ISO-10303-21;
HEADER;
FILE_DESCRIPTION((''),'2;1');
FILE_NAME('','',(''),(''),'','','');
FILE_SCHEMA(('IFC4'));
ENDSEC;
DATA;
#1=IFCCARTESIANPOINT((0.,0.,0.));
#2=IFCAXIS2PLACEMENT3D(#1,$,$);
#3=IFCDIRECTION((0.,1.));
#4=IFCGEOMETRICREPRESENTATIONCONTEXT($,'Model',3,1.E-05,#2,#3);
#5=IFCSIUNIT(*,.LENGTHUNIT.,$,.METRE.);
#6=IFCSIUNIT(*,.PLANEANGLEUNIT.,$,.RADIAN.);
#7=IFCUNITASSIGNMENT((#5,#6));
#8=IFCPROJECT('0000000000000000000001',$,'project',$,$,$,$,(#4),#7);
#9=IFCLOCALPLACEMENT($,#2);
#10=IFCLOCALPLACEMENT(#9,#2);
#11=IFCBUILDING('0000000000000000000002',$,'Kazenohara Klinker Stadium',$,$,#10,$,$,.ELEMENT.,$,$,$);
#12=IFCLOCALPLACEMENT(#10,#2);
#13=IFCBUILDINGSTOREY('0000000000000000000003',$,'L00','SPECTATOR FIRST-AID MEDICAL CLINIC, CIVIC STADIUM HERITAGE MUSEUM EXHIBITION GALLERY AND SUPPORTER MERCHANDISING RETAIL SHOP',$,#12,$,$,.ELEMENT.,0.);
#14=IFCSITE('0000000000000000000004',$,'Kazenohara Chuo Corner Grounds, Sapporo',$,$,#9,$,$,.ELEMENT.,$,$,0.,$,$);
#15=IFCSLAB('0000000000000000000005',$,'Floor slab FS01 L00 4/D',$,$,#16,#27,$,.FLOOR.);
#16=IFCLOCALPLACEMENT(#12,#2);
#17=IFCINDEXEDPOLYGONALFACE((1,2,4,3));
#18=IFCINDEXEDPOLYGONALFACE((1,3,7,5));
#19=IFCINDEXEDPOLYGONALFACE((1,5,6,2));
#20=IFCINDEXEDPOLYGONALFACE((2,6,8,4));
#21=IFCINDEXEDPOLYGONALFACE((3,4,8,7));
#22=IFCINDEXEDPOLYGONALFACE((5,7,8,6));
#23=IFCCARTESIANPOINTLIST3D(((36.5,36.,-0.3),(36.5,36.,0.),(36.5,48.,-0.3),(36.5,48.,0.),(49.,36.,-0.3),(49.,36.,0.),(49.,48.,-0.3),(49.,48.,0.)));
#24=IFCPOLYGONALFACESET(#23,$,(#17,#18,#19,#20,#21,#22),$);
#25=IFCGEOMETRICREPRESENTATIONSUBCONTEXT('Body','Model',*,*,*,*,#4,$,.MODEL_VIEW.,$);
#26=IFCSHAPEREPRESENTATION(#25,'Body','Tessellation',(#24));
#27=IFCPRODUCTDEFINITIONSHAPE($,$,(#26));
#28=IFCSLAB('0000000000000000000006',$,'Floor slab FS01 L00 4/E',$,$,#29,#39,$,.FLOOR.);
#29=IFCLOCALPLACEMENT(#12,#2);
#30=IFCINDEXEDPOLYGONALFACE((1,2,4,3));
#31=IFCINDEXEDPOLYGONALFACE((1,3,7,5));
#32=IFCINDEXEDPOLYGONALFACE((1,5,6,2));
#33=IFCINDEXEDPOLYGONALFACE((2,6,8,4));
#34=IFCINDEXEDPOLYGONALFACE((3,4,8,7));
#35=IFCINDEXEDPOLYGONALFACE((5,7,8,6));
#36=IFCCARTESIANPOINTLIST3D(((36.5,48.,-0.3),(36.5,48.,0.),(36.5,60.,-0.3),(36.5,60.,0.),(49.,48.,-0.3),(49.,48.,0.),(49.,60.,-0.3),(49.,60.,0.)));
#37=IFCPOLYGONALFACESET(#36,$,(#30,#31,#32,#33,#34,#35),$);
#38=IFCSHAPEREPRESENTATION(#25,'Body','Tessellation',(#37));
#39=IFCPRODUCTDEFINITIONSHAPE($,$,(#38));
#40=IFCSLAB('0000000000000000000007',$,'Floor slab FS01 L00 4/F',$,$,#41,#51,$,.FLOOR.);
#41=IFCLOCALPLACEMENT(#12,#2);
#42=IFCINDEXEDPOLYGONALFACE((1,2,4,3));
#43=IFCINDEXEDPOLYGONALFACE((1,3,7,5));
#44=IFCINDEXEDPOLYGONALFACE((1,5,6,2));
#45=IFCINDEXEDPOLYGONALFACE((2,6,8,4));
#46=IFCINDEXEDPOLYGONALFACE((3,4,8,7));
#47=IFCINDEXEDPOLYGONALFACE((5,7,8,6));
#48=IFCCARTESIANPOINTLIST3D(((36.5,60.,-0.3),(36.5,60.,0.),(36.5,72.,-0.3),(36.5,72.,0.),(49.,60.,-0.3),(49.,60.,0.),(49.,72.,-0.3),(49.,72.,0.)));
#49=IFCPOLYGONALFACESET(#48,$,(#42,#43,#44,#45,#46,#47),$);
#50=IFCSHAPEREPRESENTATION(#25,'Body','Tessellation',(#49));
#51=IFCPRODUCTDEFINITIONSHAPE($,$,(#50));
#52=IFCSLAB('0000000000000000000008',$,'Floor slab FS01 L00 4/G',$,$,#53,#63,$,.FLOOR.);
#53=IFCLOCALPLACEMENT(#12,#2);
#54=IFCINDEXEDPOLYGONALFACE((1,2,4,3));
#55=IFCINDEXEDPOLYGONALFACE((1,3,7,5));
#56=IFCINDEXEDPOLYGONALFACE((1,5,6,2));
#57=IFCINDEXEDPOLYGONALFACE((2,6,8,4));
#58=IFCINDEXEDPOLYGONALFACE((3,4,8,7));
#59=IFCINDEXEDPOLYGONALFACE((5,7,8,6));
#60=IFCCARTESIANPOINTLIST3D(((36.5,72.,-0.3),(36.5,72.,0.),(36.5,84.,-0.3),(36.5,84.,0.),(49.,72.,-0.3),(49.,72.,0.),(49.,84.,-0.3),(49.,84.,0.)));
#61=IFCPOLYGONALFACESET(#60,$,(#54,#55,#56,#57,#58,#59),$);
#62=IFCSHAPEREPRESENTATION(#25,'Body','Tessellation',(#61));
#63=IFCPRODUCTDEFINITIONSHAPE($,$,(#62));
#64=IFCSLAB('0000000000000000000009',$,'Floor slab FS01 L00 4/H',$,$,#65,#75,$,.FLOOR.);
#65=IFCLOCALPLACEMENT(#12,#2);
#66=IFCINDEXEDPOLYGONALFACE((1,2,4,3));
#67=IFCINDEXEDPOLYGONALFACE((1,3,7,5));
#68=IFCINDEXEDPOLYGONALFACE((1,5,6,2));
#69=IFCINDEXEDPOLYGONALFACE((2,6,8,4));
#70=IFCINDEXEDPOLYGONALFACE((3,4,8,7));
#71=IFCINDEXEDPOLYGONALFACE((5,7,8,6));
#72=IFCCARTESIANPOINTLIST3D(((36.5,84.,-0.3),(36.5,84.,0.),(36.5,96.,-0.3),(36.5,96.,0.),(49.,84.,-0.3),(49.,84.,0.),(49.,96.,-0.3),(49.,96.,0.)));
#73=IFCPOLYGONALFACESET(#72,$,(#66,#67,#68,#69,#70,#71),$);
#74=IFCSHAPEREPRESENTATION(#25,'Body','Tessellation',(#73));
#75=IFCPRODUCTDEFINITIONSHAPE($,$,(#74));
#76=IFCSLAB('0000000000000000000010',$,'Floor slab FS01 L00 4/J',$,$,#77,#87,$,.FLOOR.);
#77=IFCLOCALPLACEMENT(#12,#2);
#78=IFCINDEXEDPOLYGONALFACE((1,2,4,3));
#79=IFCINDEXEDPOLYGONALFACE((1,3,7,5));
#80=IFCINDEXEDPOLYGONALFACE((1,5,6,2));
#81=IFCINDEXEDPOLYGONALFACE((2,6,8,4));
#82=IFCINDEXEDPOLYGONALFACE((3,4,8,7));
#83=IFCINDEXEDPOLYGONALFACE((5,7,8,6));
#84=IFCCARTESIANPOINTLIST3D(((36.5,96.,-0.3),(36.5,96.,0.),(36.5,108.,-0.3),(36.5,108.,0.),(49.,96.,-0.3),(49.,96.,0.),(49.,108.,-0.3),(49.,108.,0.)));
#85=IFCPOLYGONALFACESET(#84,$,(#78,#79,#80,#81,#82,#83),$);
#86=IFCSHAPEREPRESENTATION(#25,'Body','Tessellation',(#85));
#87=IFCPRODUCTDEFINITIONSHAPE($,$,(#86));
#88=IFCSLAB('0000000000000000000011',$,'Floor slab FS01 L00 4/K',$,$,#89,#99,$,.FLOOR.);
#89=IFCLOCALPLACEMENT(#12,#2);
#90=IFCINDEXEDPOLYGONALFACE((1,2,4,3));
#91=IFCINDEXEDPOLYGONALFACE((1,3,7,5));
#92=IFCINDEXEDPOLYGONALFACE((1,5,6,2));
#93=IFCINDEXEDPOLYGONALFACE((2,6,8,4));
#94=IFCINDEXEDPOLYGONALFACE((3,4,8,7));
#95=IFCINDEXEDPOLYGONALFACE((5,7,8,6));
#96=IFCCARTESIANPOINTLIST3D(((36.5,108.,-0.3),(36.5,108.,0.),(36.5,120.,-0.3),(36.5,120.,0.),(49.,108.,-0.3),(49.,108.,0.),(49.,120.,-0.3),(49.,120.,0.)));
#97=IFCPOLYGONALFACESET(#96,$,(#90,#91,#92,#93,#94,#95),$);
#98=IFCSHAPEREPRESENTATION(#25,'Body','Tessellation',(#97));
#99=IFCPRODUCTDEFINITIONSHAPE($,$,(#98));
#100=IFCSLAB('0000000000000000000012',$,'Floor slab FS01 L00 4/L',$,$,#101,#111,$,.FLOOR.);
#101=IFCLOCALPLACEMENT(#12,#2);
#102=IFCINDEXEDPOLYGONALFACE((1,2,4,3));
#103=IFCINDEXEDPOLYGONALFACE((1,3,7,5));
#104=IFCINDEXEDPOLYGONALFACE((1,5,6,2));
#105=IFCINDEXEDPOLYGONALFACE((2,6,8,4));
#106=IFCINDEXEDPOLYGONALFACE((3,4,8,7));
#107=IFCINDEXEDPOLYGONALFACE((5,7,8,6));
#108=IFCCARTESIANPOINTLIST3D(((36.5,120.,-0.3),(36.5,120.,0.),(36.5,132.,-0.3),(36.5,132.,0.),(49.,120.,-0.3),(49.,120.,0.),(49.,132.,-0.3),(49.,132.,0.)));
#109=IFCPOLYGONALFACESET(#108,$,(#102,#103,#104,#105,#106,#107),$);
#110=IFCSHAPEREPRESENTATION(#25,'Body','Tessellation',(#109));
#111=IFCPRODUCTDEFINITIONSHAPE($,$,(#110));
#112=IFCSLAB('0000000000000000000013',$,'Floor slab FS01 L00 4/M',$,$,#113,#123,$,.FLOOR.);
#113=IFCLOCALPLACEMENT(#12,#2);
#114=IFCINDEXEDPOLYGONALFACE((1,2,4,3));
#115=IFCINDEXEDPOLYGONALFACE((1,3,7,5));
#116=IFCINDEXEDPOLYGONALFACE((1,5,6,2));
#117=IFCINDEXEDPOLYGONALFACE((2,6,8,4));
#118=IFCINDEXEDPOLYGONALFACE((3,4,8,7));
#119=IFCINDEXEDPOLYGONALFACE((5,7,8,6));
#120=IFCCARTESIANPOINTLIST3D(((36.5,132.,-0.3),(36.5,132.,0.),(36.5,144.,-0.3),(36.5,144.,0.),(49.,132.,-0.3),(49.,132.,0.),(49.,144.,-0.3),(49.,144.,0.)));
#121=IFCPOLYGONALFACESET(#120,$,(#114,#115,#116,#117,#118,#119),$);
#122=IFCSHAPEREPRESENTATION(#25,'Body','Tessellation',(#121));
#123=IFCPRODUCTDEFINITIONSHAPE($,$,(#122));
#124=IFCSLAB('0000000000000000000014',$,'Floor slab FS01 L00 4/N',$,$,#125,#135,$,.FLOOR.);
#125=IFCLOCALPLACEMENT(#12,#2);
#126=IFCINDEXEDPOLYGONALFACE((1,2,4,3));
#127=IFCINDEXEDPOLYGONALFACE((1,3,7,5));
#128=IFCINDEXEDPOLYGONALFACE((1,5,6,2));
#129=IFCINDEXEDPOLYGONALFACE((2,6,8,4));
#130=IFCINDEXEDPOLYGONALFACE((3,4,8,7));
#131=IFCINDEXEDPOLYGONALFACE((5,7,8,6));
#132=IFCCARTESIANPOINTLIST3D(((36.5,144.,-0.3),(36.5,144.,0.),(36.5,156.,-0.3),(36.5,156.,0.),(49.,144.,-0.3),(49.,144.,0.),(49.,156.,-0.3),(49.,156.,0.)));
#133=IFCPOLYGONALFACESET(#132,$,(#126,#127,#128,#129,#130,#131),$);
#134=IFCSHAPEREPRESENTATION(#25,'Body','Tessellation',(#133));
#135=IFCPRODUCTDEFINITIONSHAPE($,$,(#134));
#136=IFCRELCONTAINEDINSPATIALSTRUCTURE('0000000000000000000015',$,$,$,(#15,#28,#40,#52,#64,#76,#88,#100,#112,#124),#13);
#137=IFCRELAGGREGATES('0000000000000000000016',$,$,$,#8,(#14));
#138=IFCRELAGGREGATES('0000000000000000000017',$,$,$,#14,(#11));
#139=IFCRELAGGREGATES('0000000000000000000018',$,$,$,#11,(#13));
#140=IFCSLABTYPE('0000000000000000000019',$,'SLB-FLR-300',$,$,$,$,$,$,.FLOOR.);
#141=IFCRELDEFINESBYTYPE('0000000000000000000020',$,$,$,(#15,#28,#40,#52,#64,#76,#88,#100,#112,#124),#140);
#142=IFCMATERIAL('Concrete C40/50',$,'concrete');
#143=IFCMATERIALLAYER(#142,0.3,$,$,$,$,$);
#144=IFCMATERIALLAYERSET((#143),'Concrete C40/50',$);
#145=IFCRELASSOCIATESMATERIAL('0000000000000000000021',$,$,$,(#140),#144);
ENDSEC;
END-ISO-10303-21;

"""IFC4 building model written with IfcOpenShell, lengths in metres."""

from ifc_helpers import new_model, si_unit, direction, frame, origin, place, context, subcontext, project, spatial, polyline, outline, extrude, material, layer, layer_set, type_object, element, save


model = new_model("IFC4")

# Units and contexts
model_context = context("Model", 3, precision=1e-05, world=origin(), true_north=direction((0.0, 1.0)))
body_context = subcontext(model_context, "Body", "Model", "MODEL_VIEW")
ifc_project = project(units=[si_unit("LENGTHUNIT", "METRE"), si_unit("PLANEANGLEUNIT", "RADIAN")], contexts=[model_context])

# Site, building, storey
site_placement = place(None, origin())
site = spatial("IfcSite", under=ifc_project, at=site_placement, Name="Kazenohara Chuo Corner Grounds, Sapporo", CompositionType="ELEMENT", RefElevation=0.0)
building_placement = place(site_placement, origin())
building = spatial("IfcBuilding", under=site, at=building_placement, Name="Kazenohara Klinker Stadium", CompositionType="ELEMENT")
storey_placement = place(building_placement, origin())
storey = spatial("IfcBuildingStorey", under=building, at=storey_placement, Name="L00", Description="SPECTATOR FIRST-AID MEDICAL CLINIC, CIVIC STADIUM HERITAGE MUSEUM EXHIBITION GALLERY AND SUPPORTER MERCHANDISING RETAIL SHOP", CompositionType="ELEMENT", Elevation=0.0)

# Slabs
ifc_material = material(Name="Concrete C40/50", Category="concrete")
ifc_layer = layer(ifc_material, 0.3)
ifc_layer_set = layer_set([ifc_layer], Name="Concrete C40/50")
slab_type = type_object("IfcSlabType", Name="SLB-FLR-300", PredefinedType="FLOOR", material=ifc_layer_set)
slab_1_placement = place(storey_placement, frame((0.0, 0.0, -0.3)))
element("IfcSlab", 1, at=slab_1_placement, inside=storey, type_object=slab_type, Name="Floor slab FS01 L00 4/D", PredefinedType="FLOOR", context=body_context, shape_type="SweptSolid", body=[
    extrude(outline(polyline([(36.5, 36.0), (49.0, 36.0), (49.0, 48.0), (36.5, 48.0), (36.5, 36.0)])), origin(), (0.0, 0.0, 1.0), 0.3),
])
slab_2_placement = place(storey_placement, frame((0.0, 0.0, -0.3)))
element("IfcSlab", 2, at=slab_2_placement, inside=storey, type_object=slab_type, Name="Floor slab FS01 L00 4/E", PredefinedType="FLOOR", context=body_context, shape_type="SweptSolid", body=[
    extrude(outline(polyline([(36.5, 48.0), (49.0, 48.0), (49.0, 60.0), (36.5, 60.0), (36.5, 48.0)])), origin(), (0.0, 0.0, 1.0), 0.3),
])
slab_3_placement = place(storey_placement, frame((0.0, 0.0, -0.3)))
element("IfcSlab", 3, at=slab_3_placement, inside=storey, type_object=slab_type, Name="Floor slab FS01 L00 4/F", PredefinedType="FLOOR", context=body_context, shape_type="SweptSolid", body=[
    extrude(outline(polyline([(36.5, 60.0), (49.0, 60.0), (49.0, 72.0), (36.5, 72.0), (36.5, 60.0)])), origin(), (0.0, 0.0, 1.0), 0.3),
])
slab_4_placement = place(storey_placement, frame((0.0, 0.0, -0.3)))
element("IfcSlab", 4, at=slab_4_placement, inside=storey, type_object=slab_type, Name="Floor slab FS01 L00 4/G", PredefinedType="FLOOR", context=body_context, shape_type="SweptSolid", body=[
    extrude(outline(polyline([(36.5, 72.0), (49.0, 72.0), (49.0, 84.0), (36.5, 84.0), (36.5, 72.0)])), origin(), (0.0, 0.0, 1.0), 0.3),
])
slab_5_placement = place(storey_placement, frame((0.0, 0.0, -0.3)))
element("IfcSlab", 5, at=slab_5_placement, inside=storey, type_object=slab_type, Name="Floor slab FS01 L00 4/H", PredefinedType="FLOOR", context=body_context, shape_type="SweptSolid", body=[
    extrude(outline(polyline([(36.5, 84.0), (49.0, 84.0), (49.0, 96.0), (36.5, 96.0), (36.5, 84.0)])), origin(), (0.0, 0.0, 1.0), 0.3),
])
slab_6_placement = place(storey_placement, frame((0.0, 0.0, -0.3)))
element("IfcSlab", 6, at=slab_6_placement, inside=storey, type_object=slab_type, Name="Floor slab FS01 L00 4/J", PredefinedType="FLOOR", context=body_context, shape_type="SweptSolid", body=[
    extrude(outline(polyline([(36.5, 96.0), (49.0, 96.0), (49.0, 108.0), (36.5, 108.0), (36.5, 96.0)])), origin(), (0.0, 0.0, 1.0), 0.3),
])
slab_7_placement = place(storey_placement, frame((0.0, 0.0, -0.3)))
element("IfcSlab", 7, at=slab_7_placement, inside=storey, type_object=slab_type, Name="Floor slab FS01 L00 4/K", PredefinedType="FLOOR", context=body_context, shape_type="SweptSolid", body=[
    extrude(outline(polyline([(36.5, 108.0), (49.0, 108.0), (49.0, 120.0), (36.5, 120.0), (36.5, 108.0)])), origin(), (0.0, 0.0, 1.0), 0.3),
])
slab_8_placement = place(storey_placement, frame((0.0, 0.0, -0.3)))
element("IfcSlab", 8, at=slab_8_placement, inside=storey, type_object=slab_type, Name="Floor slab FS01 L00 4/L", PredefinedType="FLOOR", context=body_context, shape_type="SweptSolid", body=[
    extrude(outline(polyline([(36.5, 120.0), (49.0, 120.0), (49.0, 132.0), (36.5, 132.0), (36.5, 120.0)])), origin(), (0.0, 0.0, 1.0), 0.3),
])
slab_9_placement = place(storey_placement, frame((0.0, 0.0, -0.3)))
element("IfcSlab", 9, at=slab_9_placement, inside=storey, type_object=slab_type, Name="Floor slab FS01 L00 4/M", PredefinedType="FLOOR", context=body_context, shape_type="SweptSolid", body=[
    extrude(outline(polyline([(36.5, 132.0), (49.0, 132.0), (49.0, 144.0), (36.5, 144.0), (36.5, 132.0)])), origin(), (0.0, 0.0, 1.0), 0.3),
])
slab_10_placement = place(storey_placement, frame((0.0, 0.0, -0.3)))
element("IfcSlab", 10, at=slab_10_placement, inside=storey, type_object=slab_type, Name="Floor slab FS01 L00 4/N", PredefinedType="FLOOR", context=body_context, shape_type="SweptSolid", body=[
    extrude(outline(polyline([(36.5, 144.0), (49.0, 144.0), (49.0, 156.0), (36.5, 156.0), (36.5, 144.0)])), origin(), (0.0, 0.0, 1.0), 0.3),
])

save(model, "model.ifc")
